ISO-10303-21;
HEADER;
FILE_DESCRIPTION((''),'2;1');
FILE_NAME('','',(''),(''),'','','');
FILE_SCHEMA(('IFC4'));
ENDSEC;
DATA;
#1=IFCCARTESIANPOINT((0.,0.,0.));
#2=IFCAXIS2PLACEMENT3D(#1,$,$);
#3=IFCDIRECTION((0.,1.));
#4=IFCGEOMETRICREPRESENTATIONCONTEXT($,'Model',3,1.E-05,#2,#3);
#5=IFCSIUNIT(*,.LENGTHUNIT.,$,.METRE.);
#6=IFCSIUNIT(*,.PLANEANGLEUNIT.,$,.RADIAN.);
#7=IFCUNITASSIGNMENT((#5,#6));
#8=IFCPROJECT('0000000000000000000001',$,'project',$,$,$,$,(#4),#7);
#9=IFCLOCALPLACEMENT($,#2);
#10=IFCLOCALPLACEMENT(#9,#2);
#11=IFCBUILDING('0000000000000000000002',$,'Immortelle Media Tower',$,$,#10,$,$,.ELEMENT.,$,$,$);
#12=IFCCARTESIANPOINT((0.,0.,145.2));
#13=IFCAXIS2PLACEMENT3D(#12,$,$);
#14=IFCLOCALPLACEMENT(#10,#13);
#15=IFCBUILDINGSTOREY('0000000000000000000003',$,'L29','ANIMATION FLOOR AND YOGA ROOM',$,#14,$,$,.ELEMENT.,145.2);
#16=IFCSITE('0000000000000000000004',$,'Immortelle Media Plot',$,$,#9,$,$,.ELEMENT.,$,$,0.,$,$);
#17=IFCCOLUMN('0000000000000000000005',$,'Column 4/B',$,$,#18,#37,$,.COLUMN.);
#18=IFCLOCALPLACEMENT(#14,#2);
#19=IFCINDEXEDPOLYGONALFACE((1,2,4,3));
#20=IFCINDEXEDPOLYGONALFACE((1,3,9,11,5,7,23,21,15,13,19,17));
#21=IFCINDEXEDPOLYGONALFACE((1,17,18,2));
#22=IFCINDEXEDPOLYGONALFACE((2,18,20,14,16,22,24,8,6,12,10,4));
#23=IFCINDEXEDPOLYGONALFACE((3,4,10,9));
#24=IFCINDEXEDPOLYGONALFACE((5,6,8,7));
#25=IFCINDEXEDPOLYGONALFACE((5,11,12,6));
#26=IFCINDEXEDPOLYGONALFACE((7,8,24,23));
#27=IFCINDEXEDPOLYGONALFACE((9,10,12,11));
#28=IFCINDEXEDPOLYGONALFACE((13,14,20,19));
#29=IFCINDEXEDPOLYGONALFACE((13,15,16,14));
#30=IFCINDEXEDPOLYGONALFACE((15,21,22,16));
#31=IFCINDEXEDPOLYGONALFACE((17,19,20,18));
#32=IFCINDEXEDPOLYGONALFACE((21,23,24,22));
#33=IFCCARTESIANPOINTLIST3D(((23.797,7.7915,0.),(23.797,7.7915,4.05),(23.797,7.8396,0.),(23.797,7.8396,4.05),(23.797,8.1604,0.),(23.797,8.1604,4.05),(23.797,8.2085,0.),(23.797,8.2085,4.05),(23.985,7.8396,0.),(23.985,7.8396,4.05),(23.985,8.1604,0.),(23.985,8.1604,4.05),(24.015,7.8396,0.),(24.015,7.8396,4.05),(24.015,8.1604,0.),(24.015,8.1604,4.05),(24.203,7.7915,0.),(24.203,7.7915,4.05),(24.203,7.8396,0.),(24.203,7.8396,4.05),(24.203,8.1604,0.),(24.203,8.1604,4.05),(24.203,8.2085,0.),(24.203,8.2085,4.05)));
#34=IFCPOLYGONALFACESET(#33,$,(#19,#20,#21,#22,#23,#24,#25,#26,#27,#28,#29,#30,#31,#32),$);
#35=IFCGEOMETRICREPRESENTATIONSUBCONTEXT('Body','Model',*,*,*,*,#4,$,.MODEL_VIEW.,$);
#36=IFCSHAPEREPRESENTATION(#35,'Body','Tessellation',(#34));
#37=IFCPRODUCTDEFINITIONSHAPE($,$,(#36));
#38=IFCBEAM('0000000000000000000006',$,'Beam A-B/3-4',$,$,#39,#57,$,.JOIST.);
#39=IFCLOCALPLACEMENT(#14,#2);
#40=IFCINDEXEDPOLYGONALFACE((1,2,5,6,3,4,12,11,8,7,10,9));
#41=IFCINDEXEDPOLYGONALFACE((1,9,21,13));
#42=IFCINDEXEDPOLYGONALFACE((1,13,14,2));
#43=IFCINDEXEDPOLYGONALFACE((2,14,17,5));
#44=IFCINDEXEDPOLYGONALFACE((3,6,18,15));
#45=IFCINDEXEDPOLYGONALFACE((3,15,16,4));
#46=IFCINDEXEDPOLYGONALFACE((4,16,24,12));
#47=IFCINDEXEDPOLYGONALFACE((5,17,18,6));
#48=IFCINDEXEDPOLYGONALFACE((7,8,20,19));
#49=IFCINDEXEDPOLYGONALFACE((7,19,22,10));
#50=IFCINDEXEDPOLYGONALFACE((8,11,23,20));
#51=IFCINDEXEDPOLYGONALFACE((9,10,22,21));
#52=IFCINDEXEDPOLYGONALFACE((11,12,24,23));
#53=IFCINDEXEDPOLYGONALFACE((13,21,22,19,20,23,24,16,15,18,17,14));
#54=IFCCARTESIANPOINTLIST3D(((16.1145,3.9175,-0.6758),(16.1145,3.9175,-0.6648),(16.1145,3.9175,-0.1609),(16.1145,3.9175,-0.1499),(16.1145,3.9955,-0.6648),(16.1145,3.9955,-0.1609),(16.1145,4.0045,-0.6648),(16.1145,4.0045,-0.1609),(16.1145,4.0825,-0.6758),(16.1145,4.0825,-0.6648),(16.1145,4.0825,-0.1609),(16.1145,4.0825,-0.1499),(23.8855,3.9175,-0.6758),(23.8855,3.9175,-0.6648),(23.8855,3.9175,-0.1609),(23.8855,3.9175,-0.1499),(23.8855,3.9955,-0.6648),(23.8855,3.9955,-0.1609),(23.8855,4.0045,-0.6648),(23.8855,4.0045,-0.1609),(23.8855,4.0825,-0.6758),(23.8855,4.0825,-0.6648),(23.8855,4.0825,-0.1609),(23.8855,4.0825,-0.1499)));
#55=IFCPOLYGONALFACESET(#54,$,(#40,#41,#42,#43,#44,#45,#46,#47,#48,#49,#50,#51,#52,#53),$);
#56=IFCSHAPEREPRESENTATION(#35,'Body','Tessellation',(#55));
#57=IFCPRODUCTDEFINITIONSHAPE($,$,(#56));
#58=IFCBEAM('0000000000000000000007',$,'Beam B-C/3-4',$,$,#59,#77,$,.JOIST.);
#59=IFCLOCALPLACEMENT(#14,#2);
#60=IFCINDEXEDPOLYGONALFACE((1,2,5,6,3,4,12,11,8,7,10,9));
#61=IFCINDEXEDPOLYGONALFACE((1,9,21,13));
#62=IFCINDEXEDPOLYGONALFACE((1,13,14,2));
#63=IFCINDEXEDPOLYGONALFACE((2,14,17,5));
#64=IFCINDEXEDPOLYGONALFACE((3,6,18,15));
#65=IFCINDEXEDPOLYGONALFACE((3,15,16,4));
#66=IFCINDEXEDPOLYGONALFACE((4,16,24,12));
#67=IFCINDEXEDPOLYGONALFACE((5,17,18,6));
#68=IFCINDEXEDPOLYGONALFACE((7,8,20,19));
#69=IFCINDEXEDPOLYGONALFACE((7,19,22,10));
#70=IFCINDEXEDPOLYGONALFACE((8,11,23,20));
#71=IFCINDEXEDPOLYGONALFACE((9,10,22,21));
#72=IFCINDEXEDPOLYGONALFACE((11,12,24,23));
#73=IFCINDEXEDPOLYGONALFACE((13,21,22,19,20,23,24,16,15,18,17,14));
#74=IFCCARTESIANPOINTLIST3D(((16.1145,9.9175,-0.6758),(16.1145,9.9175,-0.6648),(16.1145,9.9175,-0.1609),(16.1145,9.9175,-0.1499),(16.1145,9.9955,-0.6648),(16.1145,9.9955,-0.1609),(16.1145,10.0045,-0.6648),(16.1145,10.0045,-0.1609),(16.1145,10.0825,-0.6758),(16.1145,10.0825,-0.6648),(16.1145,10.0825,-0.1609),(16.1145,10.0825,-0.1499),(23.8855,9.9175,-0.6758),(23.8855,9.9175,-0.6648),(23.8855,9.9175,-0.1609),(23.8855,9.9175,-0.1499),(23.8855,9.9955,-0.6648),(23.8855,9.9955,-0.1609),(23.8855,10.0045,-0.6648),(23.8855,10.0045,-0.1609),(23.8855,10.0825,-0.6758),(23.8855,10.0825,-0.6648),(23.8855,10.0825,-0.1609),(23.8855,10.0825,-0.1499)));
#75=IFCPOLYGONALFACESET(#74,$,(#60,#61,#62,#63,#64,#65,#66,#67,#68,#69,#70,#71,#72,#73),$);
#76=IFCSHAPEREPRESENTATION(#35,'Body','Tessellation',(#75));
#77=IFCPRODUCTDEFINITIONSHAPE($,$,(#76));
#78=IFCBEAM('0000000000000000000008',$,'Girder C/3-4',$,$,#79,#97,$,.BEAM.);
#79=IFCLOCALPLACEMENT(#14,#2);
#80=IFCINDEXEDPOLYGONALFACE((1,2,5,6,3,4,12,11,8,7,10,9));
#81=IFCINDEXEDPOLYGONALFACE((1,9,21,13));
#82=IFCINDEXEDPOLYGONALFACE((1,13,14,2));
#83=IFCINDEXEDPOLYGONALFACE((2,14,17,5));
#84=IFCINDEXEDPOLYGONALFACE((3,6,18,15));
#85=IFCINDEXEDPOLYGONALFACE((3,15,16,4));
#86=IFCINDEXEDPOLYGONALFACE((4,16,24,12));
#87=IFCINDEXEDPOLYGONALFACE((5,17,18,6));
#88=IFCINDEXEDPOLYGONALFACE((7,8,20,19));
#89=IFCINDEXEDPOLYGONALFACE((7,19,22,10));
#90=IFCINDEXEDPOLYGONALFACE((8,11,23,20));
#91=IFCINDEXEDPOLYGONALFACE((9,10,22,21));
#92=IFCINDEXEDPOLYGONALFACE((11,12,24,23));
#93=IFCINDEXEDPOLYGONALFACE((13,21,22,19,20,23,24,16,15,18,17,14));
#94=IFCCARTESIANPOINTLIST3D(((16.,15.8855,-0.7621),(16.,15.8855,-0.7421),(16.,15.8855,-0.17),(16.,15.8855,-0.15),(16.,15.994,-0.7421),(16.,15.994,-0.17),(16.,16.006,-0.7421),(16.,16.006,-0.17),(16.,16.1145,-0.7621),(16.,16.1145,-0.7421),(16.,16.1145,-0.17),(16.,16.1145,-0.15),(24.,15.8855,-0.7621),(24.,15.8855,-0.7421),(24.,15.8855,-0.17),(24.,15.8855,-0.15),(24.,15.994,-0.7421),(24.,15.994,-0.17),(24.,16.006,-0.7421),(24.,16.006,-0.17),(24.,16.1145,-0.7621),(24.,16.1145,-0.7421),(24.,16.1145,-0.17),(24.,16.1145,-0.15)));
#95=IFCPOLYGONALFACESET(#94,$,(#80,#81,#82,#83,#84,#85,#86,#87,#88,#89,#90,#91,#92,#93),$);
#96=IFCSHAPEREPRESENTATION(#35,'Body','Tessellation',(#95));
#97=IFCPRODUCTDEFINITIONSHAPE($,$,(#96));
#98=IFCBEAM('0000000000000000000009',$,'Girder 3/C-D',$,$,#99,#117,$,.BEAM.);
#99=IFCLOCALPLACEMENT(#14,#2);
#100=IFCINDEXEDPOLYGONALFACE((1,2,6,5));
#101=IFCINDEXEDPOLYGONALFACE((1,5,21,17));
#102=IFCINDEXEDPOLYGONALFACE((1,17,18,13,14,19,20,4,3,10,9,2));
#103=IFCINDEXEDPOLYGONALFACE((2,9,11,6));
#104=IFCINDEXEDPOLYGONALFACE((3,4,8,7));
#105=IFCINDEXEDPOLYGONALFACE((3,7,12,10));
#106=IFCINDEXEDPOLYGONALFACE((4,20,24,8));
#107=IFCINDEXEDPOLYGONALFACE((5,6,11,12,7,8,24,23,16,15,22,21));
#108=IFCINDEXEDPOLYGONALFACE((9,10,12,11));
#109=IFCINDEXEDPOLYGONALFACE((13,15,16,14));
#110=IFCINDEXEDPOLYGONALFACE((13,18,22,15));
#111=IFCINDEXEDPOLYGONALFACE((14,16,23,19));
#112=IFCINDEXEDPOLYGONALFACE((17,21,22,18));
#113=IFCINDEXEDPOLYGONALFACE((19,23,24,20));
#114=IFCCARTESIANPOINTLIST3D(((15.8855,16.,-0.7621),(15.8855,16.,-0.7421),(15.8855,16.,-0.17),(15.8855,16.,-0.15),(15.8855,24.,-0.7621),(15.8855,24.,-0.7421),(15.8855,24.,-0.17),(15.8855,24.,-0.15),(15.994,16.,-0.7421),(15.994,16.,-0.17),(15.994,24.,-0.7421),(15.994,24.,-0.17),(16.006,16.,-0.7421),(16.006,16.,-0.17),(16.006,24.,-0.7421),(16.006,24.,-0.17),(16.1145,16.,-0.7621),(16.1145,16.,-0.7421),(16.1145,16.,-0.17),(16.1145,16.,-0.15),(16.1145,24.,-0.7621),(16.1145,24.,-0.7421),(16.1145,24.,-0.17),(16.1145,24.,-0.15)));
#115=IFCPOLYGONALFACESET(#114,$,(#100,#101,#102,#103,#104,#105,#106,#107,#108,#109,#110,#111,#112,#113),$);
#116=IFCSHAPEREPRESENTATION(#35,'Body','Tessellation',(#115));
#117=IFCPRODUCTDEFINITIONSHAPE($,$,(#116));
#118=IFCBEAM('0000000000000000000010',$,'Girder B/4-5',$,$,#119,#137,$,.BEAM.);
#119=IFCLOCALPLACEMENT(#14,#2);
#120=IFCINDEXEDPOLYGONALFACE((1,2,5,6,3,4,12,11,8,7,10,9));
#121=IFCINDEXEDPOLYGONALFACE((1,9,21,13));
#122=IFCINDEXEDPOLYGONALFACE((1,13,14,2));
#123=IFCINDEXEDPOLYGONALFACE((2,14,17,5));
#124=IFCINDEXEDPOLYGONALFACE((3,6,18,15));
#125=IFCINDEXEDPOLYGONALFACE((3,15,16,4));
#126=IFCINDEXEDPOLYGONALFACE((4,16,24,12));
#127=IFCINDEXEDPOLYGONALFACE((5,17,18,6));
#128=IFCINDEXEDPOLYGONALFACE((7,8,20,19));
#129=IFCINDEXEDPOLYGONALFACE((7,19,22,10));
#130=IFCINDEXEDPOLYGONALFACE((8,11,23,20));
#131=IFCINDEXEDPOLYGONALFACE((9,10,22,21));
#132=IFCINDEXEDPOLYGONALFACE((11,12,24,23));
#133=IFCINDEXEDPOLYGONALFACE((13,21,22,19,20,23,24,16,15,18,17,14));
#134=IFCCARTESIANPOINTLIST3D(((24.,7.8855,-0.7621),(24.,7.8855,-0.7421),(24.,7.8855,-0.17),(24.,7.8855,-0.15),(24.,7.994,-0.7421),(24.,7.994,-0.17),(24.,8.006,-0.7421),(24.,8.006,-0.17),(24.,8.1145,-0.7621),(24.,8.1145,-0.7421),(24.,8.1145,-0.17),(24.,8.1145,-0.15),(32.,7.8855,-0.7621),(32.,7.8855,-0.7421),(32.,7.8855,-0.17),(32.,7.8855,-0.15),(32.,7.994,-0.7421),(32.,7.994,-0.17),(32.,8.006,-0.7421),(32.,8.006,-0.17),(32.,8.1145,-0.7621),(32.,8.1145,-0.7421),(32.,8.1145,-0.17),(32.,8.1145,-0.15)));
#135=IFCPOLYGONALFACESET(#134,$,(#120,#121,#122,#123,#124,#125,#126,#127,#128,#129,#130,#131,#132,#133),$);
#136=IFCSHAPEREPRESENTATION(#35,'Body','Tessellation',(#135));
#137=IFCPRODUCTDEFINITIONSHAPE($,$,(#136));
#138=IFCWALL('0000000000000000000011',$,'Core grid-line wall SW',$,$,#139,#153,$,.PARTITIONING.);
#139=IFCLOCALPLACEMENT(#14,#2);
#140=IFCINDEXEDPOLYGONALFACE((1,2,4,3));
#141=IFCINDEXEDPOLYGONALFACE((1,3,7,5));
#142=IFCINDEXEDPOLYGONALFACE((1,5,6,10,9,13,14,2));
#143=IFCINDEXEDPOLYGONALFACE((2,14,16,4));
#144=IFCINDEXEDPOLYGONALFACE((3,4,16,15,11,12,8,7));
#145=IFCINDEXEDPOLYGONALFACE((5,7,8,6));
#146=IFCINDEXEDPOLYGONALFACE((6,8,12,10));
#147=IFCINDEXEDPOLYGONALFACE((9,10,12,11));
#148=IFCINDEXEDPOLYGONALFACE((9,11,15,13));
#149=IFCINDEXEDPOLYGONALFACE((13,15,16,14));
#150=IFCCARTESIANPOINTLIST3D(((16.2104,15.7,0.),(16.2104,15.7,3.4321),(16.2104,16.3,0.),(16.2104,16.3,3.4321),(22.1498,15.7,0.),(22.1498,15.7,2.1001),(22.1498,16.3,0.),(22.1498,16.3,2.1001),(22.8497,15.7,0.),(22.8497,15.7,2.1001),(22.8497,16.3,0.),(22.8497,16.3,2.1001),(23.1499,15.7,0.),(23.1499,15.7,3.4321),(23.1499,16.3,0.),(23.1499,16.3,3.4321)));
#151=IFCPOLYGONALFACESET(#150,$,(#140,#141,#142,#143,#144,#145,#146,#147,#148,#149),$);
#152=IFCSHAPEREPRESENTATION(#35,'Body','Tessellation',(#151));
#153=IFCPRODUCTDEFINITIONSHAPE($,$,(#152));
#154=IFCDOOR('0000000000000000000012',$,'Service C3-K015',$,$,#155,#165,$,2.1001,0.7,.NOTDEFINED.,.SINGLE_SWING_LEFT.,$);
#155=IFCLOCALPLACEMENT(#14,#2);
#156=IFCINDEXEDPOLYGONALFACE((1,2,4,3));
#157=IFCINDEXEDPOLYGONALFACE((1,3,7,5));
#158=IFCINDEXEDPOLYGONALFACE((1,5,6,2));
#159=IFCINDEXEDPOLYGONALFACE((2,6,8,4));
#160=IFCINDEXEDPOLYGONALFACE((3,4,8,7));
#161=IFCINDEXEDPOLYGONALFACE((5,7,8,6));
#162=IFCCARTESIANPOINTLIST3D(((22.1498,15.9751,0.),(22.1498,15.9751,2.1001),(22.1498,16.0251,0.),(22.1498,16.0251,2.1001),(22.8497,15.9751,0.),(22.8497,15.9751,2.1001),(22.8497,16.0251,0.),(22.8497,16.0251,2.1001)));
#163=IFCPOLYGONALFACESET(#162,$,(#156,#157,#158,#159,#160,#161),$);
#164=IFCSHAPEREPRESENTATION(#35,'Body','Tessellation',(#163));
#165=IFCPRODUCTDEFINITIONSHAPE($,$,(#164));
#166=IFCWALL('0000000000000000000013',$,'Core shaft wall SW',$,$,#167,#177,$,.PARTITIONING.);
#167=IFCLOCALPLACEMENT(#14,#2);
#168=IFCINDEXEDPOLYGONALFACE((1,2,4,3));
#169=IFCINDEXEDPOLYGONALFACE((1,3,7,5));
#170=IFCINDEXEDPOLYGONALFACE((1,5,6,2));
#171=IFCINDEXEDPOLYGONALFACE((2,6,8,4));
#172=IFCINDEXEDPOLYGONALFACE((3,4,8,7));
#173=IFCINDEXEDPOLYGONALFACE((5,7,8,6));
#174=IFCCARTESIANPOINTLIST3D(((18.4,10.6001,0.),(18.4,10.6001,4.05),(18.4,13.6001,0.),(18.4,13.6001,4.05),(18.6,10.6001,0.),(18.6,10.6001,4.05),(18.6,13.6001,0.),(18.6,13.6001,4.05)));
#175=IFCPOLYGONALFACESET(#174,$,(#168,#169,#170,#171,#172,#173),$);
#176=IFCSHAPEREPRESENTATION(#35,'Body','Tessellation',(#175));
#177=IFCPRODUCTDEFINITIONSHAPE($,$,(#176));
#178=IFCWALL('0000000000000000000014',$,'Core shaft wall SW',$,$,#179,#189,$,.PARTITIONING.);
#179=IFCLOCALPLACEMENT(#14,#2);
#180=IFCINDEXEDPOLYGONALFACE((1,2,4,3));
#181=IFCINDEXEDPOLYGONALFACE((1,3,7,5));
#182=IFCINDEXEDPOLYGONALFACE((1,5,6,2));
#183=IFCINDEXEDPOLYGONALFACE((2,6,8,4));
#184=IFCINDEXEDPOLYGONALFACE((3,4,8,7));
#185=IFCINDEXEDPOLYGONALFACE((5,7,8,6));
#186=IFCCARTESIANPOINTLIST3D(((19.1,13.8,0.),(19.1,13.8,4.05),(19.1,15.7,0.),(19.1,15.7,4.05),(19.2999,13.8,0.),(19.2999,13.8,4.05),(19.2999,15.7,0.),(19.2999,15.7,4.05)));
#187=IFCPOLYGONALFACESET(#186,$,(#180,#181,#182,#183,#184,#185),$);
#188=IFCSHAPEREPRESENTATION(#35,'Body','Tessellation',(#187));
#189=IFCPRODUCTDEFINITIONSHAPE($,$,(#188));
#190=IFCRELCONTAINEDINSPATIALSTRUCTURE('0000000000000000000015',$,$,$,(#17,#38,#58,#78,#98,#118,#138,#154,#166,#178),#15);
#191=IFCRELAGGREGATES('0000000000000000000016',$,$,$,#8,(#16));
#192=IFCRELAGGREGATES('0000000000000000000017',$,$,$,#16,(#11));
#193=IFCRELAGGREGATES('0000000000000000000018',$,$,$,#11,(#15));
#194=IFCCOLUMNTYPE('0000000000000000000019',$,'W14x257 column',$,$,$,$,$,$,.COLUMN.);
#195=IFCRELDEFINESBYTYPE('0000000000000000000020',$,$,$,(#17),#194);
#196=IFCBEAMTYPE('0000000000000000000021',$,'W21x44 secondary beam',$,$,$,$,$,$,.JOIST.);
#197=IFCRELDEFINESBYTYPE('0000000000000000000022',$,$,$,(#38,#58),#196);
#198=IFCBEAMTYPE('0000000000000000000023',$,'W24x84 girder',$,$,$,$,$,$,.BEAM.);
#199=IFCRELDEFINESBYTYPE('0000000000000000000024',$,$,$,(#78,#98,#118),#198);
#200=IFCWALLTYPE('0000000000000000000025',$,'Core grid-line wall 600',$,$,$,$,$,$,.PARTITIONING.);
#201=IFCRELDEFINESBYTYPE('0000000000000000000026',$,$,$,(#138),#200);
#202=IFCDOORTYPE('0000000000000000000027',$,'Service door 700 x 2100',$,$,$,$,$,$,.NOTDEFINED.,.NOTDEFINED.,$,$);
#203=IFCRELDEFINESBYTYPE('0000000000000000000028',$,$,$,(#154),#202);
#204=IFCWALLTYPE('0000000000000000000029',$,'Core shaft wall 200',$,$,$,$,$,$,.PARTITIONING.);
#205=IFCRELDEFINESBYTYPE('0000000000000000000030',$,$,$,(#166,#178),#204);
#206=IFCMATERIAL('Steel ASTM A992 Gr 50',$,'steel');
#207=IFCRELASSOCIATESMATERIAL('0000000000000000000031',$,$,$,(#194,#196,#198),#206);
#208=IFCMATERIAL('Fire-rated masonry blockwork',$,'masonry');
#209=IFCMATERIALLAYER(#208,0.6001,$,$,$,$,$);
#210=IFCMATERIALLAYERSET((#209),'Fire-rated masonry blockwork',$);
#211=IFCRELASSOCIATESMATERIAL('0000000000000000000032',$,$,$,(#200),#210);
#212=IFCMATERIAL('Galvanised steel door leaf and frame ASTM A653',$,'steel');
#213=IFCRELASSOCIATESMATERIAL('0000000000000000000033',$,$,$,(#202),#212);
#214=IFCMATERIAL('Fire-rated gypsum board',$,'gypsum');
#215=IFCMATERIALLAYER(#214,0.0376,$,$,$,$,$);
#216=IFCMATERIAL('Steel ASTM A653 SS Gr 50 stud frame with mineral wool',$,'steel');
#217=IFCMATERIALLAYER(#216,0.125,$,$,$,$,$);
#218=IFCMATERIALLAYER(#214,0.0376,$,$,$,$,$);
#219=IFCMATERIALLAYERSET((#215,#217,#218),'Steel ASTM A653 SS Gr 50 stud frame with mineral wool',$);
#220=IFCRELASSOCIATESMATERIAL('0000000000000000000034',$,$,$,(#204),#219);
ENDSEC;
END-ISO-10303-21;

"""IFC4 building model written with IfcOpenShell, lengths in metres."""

from ifc_helpers import new_model, si_unit, direction, frame, frame_2d, origin, origin_2d, place, context, subcontext, project, spatial, rectangle, i_section, extrude, material, layer, layer_set, material_profile, profile_set, type_object, element, fill, save


model = new_model("IFC4")

# Units and contexts
model_context = context("Model", 3, precision=1e-05, world=origin(), true_north=direction((0.0, 1.0)))
body_context = subcontext(model_context, "Body", "Model", "MODEL_VIEW")
ifc_project = project(units=[si_unit("LENGTHUNIT", "METRE"), si_unit("PLANEANGLEUNIT", "RADIAN")], contexts=[model_context])

# Site, building, storey
site_placement = place(None, origin())
site = spatial("IfcSite", under=ifc_project, at=site_placement, Name="Immortelle Media Plot", CompositionType="ELEMENT", RefElevation=0.0)
building_placement = place(site_placement, origin())
building = spatial("IfcBuilding", under=site, at=building_placement, Name="Immortelle Media Tower", CompositionType="ELEMENT")
storey_placement = place(building_placement, frame((0.0, 0.0, 145.2)))
storey = spatial("IfcBuildingStorey", under=building, at=storey_placement, Name="L29", Description="ANIMATION FLOOR AND YOGA ROOM", CompositionType="ELEMENT", Elevation=145.2)

# Column
ifc_material_1 = material(Name="Steel ASTM A992 Gr 50", Category="steel")
ifc_material_profile_1 = material_profile(ifc_material_1, i_section(OverallWidth=0.406, OverallDepth=0.417, WebThickness=0.03, FlangeThickness=0.0481, at=origin_2d()), Name="W14x257")
ifc_profile_set_1 = profile_set([ifc_material_profile_1], Name="Steel ASTM A992 Gr 50")
column_type = type_object("IfcColumnType", Name="W14x257 column", PredefinedType="COLUMN", material=ifc_profile_set_1)
column_placement = place(storey_placement, frame((24.0, 8.0, 0.0), z_axis=(0.0, 0.0, 1.0), x_axis=(1.0, 0.0, 0.0)))
element("IfcColumn", 1, at=column_placement, inside=storey, type_object=column_type, Name="Column 4/B", PredefinedType="COLUMN", context=body_context, shape_type="SweptSolid", body=[
    extrude(i_section(OverallWidth=0.406, OverallDepth=0.417, WebThickness=0.03, FlangeThickness=0.0481, at=origin_2d()), origin(), (0.0, 0.0, 1.0), 4.05),
])

# Beams
ifc_material_profile_2 = material_profile(ifc_material_1, i_section(OverallWidth=0.165, OverallDepth=0.5259, WebThickness=0.009, FlangeThickness=0.011, at=origin_2d()), Name="W21x44")
ifc_profile_set_2 = profile_set([ifc_material_profile_2], Name="Steel ASTM A992 Gr 50")
beam_type_1 = type_object("IfcBeamType", Name="W21x44 secondary beam", PredefinedType="JOIST", material=ifc_profile_set_2)
for number, where, z_axis, x_axis, name in (
    (2, (16.1145, 4.0, -0.4128), (1.0, 0.0, 0.0), (0.0, 1.0, 0.0), "Beam A-B/3-4"),
    (3, (16.1145, 10.0, -0.4128), (1.0, 0.0, 0.0), (0.0, 1.0, 0.0), "Beam B-C/3-4"),
):
    element("IfcBeam", number, at=place(storey_placement, frame(where, z_axis=z_axis, x_axis=x_axis)), inside=storey, type_object=beam_type_1, Name=name, PredefinedType="JOIST", context=body_context, shape_type="SweptSolid", body=[
        extrude(i_section(OverallWidth=0.165, OverallDepth=0.5259, WebThickness=0.009, FlangeThickness=0.011, at=origin_2d()), origin(), (0.0, 0.0, 1.0), 7.771),
    ])
ifc_material_profile_3 = material_profile(ifc_material_1, i_section(OverallWidth=0.229, OverallDepth=0.6121, WebThickness=0.012, FlangeThickness=0.02, at=origin_2d()), Name="W24x84")
ifc_profile_set_3 = profile_set([ifc_material_profile_3], Name="Steel ASTM A992 Gr 50")
beam_type_2 = type_object("IfcBeamType", Name="W24x84 girder", PredefinedType="BEAM", material=ifc_profile_set_3)
for number, where, z_axis, x_axis, name in (
    (4, (16.0, 16.0, -0.4561), (1.0, 0.0, 0.0), (0.0, 1.0, 0.0), "Girder C/3-4"),
    (5, (16.0, 16.0, -0.4561), (0.0, 1.0, 0.0), (-1.0, 0.0, 0.0), "Girder 3/C-D"),
    (6, (24.0, 8.0, -0.4561), (1.0, 0.0, 0.0), (0.0, 1.0, 0.0), "Girder B/4-5"),
):
    element("IfcBeam", number, at=place(storey_placement, frame(where, z_axis=z_axis, x_axis=x_axis)), inside=storey, type_object=beam_type_2, Name=name, PredefinedType="BEAM", context=body_context, shape_type="SweptSolid", body=[
        extrude(i_section(OverallWidth=0.229, OverallDepth=0.6121, WebThickness=0.012, FlangeThickness=0.02, at=origin_2d()), origin(), (0.0, 0.0, 1.0), 8.0),
    ])

# Wall, opening, door
ifc_material_2 = material(Name="Fire-rated masonry blockwork", Category="masonry")
ifc_layer_1 = layer(ifc_material_2, 0.6001)
ifc_layer_set_1 = layer_set([ifc_layer_1], Name="Fire-rated masonry blockwork")
wall_type_1 = type_object("IfcWallType", Name="Core grid-line wall 600", PredefinedType="PARTITIONING", material=ifc_layer_set_1)
wall_1_placement = place(storey_placement, frame((16.2104, 16.0, 0.0), z_axis=(0.0, 0.0, 1.0), x_axis=(1.0, 0.0, 0.0)))
wall_1 = element("IfcWall", 7, at=wall_1_placement, inside=storey, type_object=wall_type_1, Name="Core grid-line wall SW", PredefinedType="PARTITIONING", context=body_context, shape_type="SweptSolid", body=[
    extrude(rectangle(XDim=6.9395, YDim=0.6001, at=frame_2d((3.4697, 0.0))), origin(), (0.0, 0.0, 1.0), 3.4321),
])
opening_1_placement = place(wall_1_placement, frame((6.6394, 0.0, 0.0), z_axis=(0.0, 0.0, 1.0), x_axis=(-1.0, 0.0, 0.0)))
opening_1 = element("IfcOpeningElement", 8, at=opening_1_placement, cuts=wall_1, PredefinedType="OPENING", context=body_context, shape_type="SweptSolid", body=[
    extrude(rectangle(XDim=0.7, YDim=2.1001, at=frame_2d((0.3501, 1.05))), frame((0.0, 0.3101, 0.0), z_axis=(0.0, -1.0, 0.0), x_axis=(1.0, 0.0, 0.0)), (0.0, 0.0, 1.0), 0.6201),
])
ifc_material_3 = material(Name="Galvanised steel door leaf and frame ASTM A653", Category="steel")
door_type_1 = type_object("IfcDoorType", Name="Service door 700 x 2100", OperationType="NOTDEFINED", PredefinedType="NOTDEFINED", material=ifc_material_3)
door_1_placement = place(opening_1_placement, origin())
door_1 = element("IfcDoor", 9, at=door_1_placement, inside=storey, type_object=door_type_1, Name="Service C3-K015", OperationType="SINGLE_SWING_LEFT", OverallHeight=2.1001, OverallWidth=0.7, PredefinedType="NOTDEFINED", context=body_context, shape_type="SweptSolid", body=[
    extrude(rectangle(XDim=0.7, YDim=2.1001, at=frame_2d((0.3501, 1.05))), frame((0.0, 0.0249, 0.0), z_axis=(0.0, -1.0, 0.0), x_axis=(1.0, 0.0, 0.0)), (0.0, 0.0, 1.0), 0.05),
])
fill(opening_1, door_1)

# Walls
ifc_material_4 = material(Name="Fire-rated gypsum board", Category="gypsum")
ifc_layer_2 = layer(ifc_material_4, 0.0376)
ifc_material_5 = material(Name="Steel ASTM A653 SS Gr 50 stud frame with mineral wool", Category="steel")
ifc_layer_3 = layer(ifc_material_5, 0.125)
ifc_layer_4 = layer(ifc_material_4, 0.0376)
ifc_layer_set_2 = layer_set([ifc_layer_2, ifc_layer_3, ifc_layer_4], Name="Steel ASTM A653 SS Gr 50 stud frame with mineral wool")
wall_type_2 = type_object("IfcWallType", Name="Core shaft wall 200", PredefinedType="PARTITIONING", material=ifc_layer_set_2)
wall_2_placement = place(storey_placement, frame((18.5, 10.6001, 0.0), z_axis=(0.0, 0.0, 1.0), x_axis=(0.0, 1.0, 0.0)))
element("IfcWall", 10, at=wall_2_placement, inside=storey, type_object=wall_type_2, Name="Core shaft wall SW", PredefinedType="PARTITIONING", context=body_context, shape_type="SweptSolid", body=[
    extrude(rectangle(XDim=3.0, YDim=0.2, at=frame_2d((1.5, 0.0))), origin(), (0.0, 0.0, 1.0), 4.05),
])
wall_3_placement = place(storey_placement, frame((19.2, 13.8, 0.0), z_axis=(0.0, 0.0, 1.0), x_axis=(0.0, 1.0, 0.0)))
element("IfcWall", 11, at=wall_3_placement, inside=storey, type_object=wall_type_2, Name="Core shaft wall SW", PredefinedType="PARTITIONING", context=body_context, shape_type="SweptSolid", body=[
    extrude(rectangle(XDim=1.8999, YDim=0.2, at=frame_2d((0.95, 0.0))), origin(), (0.0, 0.0, 1.0), 4.05),
])

save(model, "model.ifc")
